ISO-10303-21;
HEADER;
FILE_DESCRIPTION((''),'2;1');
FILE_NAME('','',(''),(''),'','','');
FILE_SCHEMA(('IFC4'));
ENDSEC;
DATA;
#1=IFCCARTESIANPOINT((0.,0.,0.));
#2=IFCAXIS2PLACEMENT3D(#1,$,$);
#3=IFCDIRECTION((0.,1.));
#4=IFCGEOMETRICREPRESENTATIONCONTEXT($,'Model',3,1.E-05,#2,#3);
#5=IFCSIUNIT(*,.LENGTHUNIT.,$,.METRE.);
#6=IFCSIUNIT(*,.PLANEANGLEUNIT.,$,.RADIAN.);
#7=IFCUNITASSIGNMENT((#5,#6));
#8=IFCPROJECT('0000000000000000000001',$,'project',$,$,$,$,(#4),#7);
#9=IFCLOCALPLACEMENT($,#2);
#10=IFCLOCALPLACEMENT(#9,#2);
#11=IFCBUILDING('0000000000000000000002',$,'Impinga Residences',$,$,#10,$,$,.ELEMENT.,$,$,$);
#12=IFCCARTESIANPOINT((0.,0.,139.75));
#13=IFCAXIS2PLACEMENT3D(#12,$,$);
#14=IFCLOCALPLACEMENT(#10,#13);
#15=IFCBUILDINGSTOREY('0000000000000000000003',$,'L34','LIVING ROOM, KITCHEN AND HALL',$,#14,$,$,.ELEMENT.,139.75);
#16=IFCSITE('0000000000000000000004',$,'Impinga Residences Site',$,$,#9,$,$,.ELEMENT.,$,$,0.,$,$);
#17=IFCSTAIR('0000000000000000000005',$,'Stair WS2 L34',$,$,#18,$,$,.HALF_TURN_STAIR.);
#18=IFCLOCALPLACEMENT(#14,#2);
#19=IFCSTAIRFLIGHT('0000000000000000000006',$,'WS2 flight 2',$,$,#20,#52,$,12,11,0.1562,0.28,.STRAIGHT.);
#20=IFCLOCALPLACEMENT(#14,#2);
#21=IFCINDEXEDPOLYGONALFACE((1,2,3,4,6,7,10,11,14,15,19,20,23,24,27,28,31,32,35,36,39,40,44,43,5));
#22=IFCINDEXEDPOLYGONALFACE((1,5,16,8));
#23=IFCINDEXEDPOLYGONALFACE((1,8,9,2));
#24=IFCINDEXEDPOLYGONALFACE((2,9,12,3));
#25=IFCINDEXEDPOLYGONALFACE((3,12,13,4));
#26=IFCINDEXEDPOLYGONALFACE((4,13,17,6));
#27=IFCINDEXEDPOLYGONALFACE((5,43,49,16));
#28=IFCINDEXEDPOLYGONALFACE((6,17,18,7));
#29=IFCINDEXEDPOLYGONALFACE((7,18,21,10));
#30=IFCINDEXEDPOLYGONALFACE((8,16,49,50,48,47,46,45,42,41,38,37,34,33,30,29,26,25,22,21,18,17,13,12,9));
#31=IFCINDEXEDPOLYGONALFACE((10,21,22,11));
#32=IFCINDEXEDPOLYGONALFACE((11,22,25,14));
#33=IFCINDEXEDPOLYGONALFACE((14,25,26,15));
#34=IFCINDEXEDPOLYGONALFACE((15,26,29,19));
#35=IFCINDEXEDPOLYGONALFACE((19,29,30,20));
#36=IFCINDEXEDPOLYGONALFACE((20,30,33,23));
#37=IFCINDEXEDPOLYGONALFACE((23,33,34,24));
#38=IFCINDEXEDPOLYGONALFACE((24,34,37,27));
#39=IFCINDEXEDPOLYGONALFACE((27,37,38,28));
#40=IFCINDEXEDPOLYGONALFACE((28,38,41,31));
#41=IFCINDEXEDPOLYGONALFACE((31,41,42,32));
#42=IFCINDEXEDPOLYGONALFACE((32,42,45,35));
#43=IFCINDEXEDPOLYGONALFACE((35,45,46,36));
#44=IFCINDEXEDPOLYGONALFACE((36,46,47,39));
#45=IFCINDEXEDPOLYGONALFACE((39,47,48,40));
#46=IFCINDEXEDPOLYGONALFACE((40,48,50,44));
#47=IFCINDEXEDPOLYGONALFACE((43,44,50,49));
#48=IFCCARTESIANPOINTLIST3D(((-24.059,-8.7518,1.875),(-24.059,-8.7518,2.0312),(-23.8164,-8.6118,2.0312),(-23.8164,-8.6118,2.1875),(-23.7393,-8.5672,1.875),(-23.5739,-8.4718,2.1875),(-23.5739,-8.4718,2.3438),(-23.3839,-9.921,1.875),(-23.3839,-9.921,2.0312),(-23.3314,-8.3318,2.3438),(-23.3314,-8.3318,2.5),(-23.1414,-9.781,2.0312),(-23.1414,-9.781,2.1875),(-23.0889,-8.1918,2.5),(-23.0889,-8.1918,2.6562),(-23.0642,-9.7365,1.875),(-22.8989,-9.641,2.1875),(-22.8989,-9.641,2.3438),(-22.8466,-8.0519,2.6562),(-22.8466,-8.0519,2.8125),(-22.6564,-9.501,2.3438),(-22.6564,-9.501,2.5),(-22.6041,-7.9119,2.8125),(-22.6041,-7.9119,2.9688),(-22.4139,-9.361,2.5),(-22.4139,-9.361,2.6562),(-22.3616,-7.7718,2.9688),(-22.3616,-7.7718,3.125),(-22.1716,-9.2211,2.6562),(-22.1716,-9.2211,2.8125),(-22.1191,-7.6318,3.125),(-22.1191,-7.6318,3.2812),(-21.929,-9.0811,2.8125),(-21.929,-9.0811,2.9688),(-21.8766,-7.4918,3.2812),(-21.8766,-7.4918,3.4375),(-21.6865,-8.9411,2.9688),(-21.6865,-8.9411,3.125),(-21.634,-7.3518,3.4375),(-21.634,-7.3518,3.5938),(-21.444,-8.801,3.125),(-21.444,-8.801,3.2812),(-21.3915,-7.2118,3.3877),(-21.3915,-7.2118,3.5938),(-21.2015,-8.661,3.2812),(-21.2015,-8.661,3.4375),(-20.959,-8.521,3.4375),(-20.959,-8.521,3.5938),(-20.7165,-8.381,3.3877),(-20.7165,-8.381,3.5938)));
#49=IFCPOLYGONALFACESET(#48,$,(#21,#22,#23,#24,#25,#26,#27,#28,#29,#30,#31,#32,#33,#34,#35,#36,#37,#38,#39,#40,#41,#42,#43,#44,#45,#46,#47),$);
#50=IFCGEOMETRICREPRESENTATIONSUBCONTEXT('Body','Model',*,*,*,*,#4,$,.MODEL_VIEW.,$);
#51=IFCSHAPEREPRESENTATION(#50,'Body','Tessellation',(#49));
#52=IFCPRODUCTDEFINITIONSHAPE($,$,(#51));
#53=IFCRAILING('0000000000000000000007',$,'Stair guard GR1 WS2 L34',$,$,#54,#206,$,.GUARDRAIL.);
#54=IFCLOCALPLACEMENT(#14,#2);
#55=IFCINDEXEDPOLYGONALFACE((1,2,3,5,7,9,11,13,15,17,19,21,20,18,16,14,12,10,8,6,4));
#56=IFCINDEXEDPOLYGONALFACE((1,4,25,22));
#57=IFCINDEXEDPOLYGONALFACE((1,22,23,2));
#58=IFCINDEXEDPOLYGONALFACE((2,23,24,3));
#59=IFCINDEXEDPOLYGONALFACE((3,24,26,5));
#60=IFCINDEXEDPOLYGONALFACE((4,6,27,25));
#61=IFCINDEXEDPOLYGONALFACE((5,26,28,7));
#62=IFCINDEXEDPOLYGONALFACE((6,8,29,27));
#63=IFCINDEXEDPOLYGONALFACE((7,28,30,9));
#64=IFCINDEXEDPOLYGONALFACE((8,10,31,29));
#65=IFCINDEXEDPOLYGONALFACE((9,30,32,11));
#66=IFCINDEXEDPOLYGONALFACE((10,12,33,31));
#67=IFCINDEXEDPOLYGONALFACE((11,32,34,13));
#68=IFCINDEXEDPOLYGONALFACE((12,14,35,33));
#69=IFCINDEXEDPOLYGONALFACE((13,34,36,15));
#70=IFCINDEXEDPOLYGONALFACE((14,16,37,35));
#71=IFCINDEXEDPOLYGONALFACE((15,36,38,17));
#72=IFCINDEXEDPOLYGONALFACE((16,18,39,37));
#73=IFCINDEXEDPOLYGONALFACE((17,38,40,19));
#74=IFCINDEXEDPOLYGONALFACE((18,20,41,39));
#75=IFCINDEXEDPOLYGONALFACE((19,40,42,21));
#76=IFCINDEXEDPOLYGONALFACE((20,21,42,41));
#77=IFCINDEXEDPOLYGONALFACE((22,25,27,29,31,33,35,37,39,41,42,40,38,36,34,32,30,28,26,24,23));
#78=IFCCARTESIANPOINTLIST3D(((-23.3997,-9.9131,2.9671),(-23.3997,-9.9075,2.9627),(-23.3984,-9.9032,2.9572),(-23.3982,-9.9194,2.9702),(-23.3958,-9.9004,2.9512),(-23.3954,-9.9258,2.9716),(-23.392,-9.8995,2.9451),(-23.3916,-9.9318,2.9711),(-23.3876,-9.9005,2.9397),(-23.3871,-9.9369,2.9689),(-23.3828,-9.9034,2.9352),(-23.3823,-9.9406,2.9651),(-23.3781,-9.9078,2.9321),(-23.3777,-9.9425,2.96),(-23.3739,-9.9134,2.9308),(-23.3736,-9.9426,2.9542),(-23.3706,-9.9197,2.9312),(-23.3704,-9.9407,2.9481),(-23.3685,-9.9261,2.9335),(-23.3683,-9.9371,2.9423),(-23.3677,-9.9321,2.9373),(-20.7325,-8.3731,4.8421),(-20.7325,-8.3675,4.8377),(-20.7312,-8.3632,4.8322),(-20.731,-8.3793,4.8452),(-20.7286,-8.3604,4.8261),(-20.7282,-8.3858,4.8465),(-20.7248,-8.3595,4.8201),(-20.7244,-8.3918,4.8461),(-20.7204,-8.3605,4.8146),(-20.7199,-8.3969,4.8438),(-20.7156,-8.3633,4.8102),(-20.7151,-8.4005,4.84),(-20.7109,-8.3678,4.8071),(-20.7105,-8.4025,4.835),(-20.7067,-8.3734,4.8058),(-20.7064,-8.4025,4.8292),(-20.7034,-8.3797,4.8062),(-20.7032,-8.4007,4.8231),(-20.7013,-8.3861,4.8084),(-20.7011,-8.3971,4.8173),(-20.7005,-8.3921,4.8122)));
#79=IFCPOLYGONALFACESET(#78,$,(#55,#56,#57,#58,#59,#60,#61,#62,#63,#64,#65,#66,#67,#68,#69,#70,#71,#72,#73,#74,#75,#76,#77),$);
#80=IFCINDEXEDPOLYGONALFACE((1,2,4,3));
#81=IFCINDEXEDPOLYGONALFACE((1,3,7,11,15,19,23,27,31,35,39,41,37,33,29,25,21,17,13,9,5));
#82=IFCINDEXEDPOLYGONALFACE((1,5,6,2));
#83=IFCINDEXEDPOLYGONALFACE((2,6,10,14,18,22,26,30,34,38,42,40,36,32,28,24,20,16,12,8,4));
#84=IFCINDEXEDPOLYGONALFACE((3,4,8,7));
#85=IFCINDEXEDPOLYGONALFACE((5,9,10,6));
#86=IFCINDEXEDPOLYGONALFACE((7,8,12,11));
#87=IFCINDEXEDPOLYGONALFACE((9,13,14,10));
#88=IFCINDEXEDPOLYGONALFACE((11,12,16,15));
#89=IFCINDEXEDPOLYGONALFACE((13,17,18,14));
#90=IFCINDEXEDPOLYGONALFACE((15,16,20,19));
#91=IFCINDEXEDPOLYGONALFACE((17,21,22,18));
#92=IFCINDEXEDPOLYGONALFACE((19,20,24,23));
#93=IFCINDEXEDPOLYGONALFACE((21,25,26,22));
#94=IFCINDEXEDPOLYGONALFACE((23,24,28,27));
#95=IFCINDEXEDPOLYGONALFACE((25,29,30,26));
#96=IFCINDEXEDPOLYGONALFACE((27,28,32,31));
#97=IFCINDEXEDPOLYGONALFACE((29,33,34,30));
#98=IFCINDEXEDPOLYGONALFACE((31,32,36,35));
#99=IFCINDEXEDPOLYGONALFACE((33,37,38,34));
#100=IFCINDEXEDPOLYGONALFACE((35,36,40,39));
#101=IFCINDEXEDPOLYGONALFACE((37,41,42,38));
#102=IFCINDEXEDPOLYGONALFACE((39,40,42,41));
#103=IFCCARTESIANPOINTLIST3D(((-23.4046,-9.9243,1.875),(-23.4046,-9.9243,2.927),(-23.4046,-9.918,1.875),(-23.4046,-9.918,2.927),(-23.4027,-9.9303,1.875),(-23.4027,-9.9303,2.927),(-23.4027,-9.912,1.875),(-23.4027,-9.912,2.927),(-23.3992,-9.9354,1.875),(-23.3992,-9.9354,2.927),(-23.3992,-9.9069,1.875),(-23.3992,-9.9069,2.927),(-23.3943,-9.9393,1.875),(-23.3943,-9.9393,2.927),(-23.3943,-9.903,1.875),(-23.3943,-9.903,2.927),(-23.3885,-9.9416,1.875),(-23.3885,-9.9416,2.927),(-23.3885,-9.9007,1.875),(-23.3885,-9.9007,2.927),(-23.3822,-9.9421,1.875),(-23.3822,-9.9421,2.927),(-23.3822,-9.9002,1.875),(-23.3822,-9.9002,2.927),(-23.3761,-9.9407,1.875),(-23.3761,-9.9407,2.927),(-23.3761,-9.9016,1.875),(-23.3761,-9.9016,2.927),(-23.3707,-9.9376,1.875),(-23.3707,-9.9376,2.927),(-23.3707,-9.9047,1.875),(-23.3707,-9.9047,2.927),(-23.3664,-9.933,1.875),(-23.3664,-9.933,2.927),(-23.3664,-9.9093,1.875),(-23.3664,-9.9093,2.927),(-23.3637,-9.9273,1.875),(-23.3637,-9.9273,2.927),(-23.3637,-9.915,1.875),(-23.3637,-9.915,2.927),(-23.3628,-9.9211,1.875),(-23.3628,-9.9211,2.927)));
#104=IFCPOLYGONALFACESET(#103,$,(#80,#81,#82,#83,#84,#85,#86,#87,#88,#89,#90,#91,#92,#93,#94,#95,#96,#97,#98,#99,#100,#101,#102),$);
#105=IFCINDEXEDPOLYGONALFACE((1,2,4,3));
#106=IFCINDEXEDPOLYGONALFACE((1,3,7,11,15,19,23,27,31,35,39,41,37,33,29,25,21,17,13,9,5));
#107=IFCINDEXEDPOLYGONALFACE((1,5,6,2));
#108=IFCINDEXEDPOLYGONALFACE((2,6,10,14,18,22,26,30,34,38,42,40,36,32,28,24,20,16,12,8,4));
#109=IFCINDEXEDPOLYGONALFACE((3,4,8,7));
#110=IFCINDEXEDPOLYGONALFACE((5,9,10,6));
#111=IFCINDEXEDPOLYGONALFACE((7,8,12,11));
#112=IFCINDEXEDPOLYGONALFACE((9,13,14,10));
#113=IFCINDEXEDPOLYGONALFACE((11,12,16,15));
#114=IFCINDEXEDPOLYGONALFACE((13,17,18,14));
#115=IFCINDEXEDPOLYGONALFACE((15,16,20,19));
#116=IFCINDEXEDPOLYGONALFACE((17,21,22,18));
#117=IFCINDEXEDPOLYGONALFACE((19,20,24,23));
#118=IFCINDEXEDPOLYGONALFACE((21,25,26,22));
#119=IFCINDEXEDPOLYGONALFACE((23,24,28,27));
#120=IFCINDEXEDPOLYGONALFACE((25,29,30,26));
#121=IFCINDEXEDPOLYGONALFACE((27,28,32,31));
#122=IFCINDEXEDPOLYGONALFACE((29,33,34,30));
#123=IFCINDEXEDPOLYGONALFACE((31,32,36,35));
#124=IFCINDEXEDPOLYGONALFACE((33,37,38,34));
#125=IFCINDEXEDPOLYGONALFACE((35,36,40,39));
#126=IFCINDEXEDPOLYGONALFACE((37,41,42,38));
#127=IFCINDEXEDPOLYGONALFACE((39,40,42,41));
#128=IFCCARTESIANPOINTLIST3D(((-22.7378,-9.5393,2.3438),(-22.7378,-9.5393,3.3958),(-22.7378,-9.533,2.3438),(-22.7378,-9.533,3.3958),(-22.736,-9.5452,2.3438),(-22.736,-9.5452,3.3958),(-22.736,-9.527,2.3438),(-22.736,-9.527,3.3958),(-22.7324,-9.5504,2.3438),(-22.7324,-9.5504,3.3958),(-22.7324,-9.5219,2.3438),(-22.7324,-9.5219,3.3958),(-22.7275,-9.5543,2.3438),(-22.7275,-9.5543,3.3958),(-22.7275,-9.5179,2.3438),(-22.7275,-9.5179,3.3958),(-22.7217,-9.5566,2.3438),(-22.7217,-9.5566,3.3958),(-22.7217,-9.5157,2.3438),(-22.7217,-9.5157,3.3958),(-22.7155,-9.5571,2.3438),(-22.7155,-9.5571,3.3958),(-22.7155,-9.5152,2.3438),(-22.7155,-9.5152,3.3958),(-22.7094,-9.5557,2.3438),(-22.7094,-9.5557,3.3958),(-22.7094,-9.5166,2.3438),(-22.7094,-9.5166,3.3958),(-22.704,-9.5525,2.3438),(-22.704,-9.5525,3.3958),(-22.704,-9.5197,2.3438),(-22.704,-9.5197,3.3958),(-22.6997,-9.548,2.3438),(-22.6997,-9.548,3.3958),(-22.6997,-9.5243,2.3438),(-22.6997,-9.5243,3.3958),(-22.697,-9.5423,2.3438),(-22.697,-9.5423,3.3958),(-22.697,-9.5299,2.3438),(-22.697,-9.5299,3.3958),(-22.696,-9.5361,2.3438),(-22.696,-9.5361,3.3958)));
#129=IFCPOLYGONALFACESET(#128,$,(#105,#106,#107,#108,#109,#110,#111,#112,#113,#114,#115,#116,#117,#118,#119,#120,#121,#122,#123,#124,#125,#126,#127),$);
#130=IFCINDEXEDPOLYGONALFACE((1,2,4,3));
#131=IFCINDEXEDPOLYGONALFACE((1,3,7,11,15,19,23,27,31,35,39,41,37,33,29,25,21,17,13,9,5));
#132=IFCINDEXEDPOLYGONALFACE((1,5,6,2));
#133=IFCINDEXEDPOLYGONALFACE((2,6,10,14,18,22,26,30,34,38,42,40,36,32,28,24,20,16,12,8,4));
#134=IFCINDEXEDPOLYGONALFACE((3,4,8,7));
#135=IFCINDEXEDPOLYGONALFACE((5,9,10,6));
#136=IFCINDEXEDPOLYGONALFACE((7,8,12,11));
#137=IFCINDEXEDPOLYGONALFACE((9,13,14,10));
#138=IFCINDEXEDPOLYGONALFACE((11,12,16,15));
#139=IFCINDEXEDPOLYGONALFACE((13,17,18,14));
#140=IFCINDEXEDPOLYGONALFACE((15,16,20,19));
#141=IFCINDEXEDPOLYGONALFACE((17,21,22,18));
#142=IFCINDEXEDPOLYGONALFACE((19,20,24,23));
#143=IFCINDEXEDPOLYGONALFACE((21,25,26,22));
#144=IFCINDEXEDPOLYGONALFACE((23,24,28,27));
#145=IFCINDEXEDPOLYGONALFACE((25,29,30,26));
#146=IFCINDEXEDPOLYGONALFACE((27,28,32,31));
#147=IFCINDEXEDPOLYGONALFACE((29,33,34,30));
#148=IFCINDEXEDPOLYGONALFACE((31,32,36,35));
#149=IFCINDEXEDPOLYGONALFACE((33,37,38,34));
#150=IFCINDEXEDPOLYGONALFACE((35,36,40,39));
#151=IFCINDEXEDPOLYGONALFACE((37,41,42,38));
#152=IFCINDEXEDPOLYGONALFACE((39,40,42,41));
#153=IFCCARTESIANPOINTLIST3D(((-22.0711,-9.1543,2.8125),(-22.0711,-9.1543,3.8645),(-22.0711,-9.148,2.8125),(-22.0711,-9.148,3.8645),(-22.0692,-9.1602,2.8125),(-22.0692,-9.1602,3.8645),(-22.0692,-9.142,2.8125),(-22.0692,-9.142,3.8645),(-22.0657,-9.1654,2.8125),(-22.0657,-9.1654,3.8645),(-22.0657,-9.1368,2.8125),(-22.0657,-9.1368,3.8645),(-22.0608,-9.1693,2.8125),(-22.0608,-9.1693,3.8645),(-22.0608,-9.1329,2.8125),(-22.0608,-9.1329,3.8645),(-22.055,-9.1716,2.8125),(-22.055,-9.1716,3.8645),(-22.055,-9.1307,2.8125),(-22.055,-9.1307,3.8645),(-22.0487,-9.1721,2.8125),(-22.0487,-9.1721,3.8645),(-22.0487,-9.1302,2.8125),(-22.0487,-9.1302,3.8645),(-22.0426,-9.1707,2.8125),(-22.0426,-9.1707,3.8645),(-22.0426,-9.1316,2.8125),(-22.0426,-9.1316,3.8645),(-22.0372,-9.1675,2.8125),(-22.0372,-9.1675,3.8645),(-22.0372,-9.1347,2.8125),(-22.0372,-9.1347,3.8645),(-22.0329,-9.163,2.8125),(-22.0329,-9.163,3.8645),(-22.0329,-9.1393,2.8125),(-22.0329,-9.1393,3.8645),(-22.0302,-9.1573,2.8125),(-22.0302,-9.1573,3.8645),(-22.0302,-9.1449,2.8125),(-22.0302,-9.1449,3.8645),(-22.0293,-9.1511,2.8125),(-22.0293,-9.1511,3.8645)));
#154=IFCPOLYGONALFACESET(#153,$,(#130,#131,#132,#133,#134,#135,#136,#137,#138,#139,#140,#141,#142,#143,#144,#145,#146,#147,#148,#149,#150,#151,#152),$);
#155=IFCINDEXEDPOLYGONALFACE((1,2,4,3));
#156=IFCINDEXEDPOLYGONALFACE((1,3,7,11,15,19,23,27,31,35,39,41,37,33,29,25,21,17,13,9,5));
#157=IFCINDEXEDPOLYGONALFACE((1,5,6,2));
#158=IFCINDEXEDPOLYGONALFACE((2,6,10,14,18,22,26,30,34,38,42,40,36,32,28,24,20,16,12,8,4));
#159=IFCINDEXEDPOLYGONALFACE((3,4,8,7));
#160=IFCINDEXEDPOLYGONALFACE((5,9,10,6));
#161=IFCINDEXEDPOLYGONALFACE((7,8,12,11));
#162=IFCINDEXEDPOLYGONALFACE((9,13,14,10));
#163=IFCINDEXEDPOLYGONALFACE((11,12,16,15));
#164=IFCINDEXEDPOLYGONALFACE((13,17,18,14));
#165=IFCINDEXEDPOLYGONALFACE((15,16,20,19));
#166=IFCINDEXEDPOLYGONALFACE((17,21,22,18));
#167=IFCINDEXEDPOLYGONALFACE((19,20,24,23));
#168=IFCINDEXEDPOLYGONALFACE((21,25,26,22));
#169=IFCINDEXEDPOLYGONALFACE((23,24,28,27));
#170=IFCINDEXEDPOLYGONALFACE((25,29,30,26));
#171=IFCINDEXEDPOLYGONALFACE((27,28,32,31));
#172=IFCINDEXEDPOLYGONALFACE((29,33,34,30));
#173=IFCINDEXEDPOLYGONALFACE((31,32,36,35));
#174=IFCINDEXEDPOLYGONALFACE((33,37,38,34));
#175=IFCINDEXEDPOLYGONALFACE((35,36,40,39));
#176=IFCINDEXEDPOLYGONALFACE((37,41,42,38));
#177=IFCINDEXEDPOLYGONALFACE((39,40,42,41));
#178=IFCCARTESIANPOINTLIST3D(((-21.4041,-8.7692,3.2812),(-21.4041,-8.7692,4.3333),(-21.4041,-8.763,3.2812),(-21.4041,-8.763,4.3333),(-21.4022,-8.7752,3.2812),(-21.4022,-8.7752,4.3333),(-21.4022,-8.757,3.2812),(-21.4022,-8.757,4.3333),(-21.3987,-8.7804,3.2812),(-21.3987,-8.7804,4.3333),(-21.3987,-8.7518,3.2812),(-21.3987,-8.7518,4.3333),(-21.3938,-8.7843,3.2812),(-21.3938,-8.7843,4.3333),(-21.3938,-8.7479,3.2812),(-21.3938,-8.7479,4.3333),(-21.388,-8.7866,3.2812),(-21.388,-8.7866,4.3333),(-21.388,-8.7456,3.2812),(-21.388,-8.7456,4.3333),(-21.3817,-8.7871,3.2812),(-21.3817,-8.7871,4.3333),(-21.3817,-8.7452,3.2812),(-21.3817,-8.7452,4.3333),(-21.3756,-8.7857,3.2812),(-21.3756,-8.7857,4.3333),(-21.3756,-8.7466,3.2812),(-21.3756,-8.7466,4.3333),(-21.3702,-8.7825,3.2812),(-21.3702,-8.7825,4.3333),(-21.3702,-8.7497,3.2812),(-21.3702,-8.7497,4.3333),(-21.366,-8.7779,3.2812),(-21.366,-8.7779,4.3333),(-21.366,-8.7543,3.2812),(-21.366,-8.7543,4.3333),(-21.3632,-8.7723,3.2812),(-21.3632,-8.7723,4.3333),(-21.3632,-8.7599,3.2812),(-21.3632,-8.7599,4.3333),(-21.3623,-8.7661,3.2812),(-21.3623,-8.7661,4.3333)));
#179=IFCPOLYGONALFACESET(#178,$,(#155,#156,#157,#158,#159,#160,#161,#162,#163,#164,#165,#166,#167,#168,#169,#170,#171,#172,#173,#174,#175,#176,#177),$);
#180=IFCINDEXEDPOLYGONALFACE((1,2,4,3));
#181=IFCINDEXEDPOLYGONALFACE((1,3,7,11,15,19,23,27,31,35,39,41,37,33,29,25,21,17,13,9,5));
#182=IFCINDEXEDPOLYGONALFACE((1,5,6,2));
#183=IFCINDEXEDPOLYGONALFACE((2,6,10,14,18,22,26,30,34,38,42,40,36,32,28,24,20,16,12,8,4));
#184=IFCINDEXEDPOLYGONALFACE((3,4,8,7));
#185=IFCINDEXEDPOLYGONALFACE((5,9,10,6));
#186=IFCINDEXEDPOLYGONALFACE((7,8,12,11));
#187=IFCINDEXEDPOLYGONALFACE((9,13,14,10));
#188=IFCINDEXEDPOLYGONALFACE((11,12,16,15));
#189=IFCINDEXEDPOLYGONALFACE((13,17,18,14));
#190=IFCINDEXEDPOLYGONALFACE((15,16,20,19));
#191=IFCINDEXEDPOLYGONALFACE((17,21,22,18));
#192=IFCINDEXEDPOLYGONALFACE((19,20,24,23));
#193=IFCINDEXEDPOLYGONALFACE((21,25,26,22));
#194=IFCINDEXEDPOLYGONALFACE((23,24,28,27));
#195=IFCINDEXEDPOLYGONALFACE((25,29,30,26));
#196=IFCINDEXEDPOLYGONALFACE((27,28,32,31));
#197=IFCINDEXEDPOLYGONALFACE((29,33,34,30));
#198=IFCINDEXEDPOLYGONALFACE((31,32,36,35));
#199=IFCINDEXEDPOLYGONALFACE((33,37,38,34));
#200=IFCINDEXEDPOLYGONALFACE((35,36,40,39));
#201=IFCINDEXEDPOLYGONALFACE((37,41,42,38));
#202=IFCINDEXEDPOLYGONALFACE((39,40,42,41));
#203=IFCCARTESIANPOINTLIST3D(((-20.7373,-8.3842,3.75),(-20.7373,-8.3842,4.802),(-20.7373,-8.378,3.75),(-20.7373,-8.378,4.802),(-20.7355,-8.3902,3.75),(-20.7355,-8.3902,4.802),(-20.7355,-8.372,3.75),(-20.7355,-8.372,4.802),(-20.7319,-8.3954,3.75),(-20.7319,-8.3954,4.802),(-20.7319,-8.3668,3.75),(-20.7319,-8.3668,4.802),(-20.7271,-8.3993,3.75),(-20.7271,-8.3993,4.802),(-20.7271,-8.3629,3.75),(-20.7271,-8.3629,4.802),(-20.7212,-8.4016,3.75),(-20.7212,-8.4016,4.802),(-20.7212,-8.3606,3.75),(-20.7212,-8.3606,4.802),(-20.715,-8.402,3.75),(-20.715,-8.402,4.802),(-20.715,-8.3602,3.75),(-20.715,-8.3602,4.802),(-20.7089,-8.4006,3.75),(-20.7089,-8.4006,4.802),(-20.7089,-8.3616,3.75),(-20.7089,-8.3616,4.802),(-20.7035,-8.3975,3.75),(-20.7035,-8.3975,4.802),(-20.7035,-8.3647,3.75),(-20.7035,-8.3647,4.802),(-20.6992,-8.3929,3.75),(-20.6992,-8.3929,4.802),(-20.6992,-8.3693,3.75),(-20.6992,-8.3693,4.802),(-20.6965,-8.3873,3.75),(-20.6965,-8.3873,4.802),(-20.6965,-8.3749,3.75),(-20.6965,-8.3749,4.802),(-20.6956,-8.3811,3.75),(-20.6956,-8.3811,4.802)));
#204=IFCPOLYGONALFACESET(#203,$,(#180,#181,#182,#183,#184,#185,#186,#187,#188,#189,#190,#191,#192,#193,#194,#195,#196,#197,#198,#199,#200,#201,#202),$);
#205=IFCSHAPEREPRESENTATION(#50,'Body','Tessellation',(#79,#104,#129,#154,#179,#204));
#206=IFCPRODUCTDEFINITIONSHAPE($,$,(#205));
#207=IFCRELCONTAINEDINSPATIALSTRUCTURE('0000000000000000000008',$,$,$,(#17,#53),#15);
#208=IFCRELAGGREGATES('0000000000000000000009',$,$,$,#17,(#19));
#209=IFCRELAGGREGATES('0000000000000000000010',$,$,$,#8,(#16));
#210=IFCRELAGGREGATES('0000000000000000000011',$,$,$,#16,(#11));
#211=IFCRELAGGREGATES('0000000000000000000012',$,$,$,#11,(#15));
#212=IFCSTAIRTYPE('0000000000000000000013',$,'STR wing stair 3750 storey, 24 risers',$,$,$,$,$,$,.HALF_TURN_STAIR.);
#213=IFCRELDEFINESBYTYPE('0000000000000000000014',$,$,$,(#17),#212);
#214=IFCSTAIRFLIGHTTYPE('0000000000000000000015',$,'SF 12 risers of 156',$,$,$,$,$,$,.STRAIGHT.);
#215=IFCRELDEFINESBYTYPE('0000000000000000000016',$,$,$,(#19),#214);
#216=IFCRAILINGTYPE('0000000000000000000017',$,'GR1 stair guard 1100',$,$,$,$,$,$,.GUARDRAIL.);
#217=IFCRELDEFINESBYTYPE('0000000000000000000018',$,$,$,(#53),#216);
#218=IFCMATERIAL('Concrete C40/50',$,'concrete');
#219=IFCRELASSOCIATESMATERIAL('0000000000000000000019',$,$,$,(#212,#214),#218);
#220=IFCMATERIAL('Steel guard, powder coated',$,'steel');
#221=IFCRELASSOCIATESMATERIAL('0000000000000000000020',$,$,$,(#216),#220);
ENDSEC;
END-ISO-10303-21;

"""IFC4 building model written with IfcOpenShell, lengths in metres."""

from ifc_helpers import new_model, si_unit, direction, frame, origin, origin_2d, place, context, subcontext, project, spatial, polyline, circle, outline, extrude, material, type_object, element, aggregate, save


model = new_model("IFC4")

# Units and contexts
model_context = context("Model", 3, precision=1e-05, world=origin(), true_north=direction((0.0, 1.0)))
body_context = subcontext(model_context, "Body", "Model", "MODEL_VIEW")
ifc_project = project(units=[si_unit("LENGTHUNIT", "METRE"), si_unit("PLANEANGLEUNIT", "RADIAN")], contexts=[model_context])

# Site, building, storey
site_placement = place(None, origin())
site = spatial("IfcSite", under=ifc_project, at=site_placement, Name="Impinga Residences Site", CompositionType="ELEMENT", RefElevation=0.0)
building_placement = place(site_placement, origin())
building = spatial("IfcBuilding", under=site, at=building_placement, Name="Impinga Residences", CompositionType="ELEMENT")
storey_placement = place(building_placement, frame((0.0, 0.0, 139.75)))
storey = spatial("IfcBuildingStorey", under=building, at=storey_placement, Name="L34", Description="LIVING ROOM, KITCHEN AND HALL", CompositionType="ELEMENT", Elevation=139.75)

# Stair, stair flight
ifc_material_1 = material(Name="Concrete C40/50", Category="concrete")
stair_type = type_object("IfcStairType", Name="STR wing stair 3750 storey, 24 risers", PredefinedType="HALF_TURN_STAIR", material=ifc_material_1)
stair_placement = place(storey_placement, origin())
stair = element("IfcStair", 1, at=stair_placement, inside=storey, type_object=stair_type, Name="Stair WS2 L34", PredefinedType="HALF_TURN_STAIR")
stair_flight_type = type_object("IfcStairFlightType", Name="SF 12 risers of 156", PredefinedType="STRAIGHT", material=ifc_material_1)
stair_flight_placement = place(storey_placement, frame((-23.7214, -9.3364, 1.875), z_axis=(0.0, 0.0, 1.0), x_axis=(0.866025, 0.5, 0.0)))
stair_flight = element("IfcStairFlight", 2, at=stair_flight_placement, type_object=stair_flight_type, Name="WS2 flight 2", NumberOfRisers=12, NumberOfTreads=11, PredefinedType="STRAIGHT", RiserHeight=0.1562, TreadLength=0.28, context=body_context, shape_type="SweptSolid", body=[
    extrude(outline(polyline([(0.0, 0.0), (0.0, 0.1562), (0.28, 0.1562), (0.28, 0.3125), (0.5601, 0.3125), (0.5601, 0.4688), (0.8401, 0.4688), (0.8401, 0.625), (1.1201, 0.625), (1.1201, 0.7812), (1.3999, 0.7812), (1.3999, 0.9375), (1.6799, 0.9375), (1.6799, 1.0938), (1.96, 1.0938), (1.96, 1.25), (2.24, 1.25), (2.24, 1.4062), (2.52, 1.4062), (2.52, 1.5625), (2.8, 1.5625), (2.8, 1.7188), (3.0801, 1.7188), (3.0801, 1.875), (3.0801, 1.5127), (0.3691, 0.0), (0.0, 0.0)])), frame((0.0, 0.675, 0.0), z_axis=(0.0, -1.0, 0.0), x_axis=(1.0, 0.0, 0.0)), (0.0, 0.0, 1.0), 1.3501),
])
aggregate(stair, [stair_flight])

# Railing
ifc_material_2 = material(Name="Steel guard, powder coated", Category="steel")
railing_type_1 = type_object("IfcRailingType", Name="GR1 stair guard 1100", PredefinedType="GUARDRAIL", material=ifc_material_2)
railing_1_placement = place(storey_placement, frame((-23.3838, -9.9211, 1.875)))
element("IfcRailing", 3, at=railing_1_placement, inside=storey, type_object=railing_type_1, Name="Stair guard GR1 WS2 L34", PredefinedType="GUARDRAIL", context=body_context, shape_type="SweptSolid", body=[
    extrude(circle(Radius=0.0239, at=origin_2d()), frame((0.0, 0.0, 1.0762), z_axis=(0.739716, 0.427105, 0.520002), x_axis=(-0.500027, 0.86601, 0.0)), (0.0, 0.0, 1.0), 3.6057),
    extrude(circle(Radius=0.021, at=origin_2d()), origin(), (0.0, 0.0, 1.0), 1.052),
    extrude(circle(Radius=0.021, at=origin_2d()), frame((0.6667, 0.385, 0.4688)), (0.0, 0.0, 1.0), 1.052),
    extrude(circle(Radius=0.021, at=origin_2d()), frame((1.3335, 0.77, 0.9375)), (0.0, 0.0, 1.0), 1.052),
    extrude(circle(Radius=0.021, at=origin_2d()), frame((2.0005, 1.155, 1.4062)), (0.0, 0.0, 1.0), 1.052),
    extrude(circle(Radius=0.021, at=origin_2d()), frame((2.6672, 1.54, 1.875)), (0.0, 0.0, 1.0), 1.052),
])

save(model, "model.ifc")
